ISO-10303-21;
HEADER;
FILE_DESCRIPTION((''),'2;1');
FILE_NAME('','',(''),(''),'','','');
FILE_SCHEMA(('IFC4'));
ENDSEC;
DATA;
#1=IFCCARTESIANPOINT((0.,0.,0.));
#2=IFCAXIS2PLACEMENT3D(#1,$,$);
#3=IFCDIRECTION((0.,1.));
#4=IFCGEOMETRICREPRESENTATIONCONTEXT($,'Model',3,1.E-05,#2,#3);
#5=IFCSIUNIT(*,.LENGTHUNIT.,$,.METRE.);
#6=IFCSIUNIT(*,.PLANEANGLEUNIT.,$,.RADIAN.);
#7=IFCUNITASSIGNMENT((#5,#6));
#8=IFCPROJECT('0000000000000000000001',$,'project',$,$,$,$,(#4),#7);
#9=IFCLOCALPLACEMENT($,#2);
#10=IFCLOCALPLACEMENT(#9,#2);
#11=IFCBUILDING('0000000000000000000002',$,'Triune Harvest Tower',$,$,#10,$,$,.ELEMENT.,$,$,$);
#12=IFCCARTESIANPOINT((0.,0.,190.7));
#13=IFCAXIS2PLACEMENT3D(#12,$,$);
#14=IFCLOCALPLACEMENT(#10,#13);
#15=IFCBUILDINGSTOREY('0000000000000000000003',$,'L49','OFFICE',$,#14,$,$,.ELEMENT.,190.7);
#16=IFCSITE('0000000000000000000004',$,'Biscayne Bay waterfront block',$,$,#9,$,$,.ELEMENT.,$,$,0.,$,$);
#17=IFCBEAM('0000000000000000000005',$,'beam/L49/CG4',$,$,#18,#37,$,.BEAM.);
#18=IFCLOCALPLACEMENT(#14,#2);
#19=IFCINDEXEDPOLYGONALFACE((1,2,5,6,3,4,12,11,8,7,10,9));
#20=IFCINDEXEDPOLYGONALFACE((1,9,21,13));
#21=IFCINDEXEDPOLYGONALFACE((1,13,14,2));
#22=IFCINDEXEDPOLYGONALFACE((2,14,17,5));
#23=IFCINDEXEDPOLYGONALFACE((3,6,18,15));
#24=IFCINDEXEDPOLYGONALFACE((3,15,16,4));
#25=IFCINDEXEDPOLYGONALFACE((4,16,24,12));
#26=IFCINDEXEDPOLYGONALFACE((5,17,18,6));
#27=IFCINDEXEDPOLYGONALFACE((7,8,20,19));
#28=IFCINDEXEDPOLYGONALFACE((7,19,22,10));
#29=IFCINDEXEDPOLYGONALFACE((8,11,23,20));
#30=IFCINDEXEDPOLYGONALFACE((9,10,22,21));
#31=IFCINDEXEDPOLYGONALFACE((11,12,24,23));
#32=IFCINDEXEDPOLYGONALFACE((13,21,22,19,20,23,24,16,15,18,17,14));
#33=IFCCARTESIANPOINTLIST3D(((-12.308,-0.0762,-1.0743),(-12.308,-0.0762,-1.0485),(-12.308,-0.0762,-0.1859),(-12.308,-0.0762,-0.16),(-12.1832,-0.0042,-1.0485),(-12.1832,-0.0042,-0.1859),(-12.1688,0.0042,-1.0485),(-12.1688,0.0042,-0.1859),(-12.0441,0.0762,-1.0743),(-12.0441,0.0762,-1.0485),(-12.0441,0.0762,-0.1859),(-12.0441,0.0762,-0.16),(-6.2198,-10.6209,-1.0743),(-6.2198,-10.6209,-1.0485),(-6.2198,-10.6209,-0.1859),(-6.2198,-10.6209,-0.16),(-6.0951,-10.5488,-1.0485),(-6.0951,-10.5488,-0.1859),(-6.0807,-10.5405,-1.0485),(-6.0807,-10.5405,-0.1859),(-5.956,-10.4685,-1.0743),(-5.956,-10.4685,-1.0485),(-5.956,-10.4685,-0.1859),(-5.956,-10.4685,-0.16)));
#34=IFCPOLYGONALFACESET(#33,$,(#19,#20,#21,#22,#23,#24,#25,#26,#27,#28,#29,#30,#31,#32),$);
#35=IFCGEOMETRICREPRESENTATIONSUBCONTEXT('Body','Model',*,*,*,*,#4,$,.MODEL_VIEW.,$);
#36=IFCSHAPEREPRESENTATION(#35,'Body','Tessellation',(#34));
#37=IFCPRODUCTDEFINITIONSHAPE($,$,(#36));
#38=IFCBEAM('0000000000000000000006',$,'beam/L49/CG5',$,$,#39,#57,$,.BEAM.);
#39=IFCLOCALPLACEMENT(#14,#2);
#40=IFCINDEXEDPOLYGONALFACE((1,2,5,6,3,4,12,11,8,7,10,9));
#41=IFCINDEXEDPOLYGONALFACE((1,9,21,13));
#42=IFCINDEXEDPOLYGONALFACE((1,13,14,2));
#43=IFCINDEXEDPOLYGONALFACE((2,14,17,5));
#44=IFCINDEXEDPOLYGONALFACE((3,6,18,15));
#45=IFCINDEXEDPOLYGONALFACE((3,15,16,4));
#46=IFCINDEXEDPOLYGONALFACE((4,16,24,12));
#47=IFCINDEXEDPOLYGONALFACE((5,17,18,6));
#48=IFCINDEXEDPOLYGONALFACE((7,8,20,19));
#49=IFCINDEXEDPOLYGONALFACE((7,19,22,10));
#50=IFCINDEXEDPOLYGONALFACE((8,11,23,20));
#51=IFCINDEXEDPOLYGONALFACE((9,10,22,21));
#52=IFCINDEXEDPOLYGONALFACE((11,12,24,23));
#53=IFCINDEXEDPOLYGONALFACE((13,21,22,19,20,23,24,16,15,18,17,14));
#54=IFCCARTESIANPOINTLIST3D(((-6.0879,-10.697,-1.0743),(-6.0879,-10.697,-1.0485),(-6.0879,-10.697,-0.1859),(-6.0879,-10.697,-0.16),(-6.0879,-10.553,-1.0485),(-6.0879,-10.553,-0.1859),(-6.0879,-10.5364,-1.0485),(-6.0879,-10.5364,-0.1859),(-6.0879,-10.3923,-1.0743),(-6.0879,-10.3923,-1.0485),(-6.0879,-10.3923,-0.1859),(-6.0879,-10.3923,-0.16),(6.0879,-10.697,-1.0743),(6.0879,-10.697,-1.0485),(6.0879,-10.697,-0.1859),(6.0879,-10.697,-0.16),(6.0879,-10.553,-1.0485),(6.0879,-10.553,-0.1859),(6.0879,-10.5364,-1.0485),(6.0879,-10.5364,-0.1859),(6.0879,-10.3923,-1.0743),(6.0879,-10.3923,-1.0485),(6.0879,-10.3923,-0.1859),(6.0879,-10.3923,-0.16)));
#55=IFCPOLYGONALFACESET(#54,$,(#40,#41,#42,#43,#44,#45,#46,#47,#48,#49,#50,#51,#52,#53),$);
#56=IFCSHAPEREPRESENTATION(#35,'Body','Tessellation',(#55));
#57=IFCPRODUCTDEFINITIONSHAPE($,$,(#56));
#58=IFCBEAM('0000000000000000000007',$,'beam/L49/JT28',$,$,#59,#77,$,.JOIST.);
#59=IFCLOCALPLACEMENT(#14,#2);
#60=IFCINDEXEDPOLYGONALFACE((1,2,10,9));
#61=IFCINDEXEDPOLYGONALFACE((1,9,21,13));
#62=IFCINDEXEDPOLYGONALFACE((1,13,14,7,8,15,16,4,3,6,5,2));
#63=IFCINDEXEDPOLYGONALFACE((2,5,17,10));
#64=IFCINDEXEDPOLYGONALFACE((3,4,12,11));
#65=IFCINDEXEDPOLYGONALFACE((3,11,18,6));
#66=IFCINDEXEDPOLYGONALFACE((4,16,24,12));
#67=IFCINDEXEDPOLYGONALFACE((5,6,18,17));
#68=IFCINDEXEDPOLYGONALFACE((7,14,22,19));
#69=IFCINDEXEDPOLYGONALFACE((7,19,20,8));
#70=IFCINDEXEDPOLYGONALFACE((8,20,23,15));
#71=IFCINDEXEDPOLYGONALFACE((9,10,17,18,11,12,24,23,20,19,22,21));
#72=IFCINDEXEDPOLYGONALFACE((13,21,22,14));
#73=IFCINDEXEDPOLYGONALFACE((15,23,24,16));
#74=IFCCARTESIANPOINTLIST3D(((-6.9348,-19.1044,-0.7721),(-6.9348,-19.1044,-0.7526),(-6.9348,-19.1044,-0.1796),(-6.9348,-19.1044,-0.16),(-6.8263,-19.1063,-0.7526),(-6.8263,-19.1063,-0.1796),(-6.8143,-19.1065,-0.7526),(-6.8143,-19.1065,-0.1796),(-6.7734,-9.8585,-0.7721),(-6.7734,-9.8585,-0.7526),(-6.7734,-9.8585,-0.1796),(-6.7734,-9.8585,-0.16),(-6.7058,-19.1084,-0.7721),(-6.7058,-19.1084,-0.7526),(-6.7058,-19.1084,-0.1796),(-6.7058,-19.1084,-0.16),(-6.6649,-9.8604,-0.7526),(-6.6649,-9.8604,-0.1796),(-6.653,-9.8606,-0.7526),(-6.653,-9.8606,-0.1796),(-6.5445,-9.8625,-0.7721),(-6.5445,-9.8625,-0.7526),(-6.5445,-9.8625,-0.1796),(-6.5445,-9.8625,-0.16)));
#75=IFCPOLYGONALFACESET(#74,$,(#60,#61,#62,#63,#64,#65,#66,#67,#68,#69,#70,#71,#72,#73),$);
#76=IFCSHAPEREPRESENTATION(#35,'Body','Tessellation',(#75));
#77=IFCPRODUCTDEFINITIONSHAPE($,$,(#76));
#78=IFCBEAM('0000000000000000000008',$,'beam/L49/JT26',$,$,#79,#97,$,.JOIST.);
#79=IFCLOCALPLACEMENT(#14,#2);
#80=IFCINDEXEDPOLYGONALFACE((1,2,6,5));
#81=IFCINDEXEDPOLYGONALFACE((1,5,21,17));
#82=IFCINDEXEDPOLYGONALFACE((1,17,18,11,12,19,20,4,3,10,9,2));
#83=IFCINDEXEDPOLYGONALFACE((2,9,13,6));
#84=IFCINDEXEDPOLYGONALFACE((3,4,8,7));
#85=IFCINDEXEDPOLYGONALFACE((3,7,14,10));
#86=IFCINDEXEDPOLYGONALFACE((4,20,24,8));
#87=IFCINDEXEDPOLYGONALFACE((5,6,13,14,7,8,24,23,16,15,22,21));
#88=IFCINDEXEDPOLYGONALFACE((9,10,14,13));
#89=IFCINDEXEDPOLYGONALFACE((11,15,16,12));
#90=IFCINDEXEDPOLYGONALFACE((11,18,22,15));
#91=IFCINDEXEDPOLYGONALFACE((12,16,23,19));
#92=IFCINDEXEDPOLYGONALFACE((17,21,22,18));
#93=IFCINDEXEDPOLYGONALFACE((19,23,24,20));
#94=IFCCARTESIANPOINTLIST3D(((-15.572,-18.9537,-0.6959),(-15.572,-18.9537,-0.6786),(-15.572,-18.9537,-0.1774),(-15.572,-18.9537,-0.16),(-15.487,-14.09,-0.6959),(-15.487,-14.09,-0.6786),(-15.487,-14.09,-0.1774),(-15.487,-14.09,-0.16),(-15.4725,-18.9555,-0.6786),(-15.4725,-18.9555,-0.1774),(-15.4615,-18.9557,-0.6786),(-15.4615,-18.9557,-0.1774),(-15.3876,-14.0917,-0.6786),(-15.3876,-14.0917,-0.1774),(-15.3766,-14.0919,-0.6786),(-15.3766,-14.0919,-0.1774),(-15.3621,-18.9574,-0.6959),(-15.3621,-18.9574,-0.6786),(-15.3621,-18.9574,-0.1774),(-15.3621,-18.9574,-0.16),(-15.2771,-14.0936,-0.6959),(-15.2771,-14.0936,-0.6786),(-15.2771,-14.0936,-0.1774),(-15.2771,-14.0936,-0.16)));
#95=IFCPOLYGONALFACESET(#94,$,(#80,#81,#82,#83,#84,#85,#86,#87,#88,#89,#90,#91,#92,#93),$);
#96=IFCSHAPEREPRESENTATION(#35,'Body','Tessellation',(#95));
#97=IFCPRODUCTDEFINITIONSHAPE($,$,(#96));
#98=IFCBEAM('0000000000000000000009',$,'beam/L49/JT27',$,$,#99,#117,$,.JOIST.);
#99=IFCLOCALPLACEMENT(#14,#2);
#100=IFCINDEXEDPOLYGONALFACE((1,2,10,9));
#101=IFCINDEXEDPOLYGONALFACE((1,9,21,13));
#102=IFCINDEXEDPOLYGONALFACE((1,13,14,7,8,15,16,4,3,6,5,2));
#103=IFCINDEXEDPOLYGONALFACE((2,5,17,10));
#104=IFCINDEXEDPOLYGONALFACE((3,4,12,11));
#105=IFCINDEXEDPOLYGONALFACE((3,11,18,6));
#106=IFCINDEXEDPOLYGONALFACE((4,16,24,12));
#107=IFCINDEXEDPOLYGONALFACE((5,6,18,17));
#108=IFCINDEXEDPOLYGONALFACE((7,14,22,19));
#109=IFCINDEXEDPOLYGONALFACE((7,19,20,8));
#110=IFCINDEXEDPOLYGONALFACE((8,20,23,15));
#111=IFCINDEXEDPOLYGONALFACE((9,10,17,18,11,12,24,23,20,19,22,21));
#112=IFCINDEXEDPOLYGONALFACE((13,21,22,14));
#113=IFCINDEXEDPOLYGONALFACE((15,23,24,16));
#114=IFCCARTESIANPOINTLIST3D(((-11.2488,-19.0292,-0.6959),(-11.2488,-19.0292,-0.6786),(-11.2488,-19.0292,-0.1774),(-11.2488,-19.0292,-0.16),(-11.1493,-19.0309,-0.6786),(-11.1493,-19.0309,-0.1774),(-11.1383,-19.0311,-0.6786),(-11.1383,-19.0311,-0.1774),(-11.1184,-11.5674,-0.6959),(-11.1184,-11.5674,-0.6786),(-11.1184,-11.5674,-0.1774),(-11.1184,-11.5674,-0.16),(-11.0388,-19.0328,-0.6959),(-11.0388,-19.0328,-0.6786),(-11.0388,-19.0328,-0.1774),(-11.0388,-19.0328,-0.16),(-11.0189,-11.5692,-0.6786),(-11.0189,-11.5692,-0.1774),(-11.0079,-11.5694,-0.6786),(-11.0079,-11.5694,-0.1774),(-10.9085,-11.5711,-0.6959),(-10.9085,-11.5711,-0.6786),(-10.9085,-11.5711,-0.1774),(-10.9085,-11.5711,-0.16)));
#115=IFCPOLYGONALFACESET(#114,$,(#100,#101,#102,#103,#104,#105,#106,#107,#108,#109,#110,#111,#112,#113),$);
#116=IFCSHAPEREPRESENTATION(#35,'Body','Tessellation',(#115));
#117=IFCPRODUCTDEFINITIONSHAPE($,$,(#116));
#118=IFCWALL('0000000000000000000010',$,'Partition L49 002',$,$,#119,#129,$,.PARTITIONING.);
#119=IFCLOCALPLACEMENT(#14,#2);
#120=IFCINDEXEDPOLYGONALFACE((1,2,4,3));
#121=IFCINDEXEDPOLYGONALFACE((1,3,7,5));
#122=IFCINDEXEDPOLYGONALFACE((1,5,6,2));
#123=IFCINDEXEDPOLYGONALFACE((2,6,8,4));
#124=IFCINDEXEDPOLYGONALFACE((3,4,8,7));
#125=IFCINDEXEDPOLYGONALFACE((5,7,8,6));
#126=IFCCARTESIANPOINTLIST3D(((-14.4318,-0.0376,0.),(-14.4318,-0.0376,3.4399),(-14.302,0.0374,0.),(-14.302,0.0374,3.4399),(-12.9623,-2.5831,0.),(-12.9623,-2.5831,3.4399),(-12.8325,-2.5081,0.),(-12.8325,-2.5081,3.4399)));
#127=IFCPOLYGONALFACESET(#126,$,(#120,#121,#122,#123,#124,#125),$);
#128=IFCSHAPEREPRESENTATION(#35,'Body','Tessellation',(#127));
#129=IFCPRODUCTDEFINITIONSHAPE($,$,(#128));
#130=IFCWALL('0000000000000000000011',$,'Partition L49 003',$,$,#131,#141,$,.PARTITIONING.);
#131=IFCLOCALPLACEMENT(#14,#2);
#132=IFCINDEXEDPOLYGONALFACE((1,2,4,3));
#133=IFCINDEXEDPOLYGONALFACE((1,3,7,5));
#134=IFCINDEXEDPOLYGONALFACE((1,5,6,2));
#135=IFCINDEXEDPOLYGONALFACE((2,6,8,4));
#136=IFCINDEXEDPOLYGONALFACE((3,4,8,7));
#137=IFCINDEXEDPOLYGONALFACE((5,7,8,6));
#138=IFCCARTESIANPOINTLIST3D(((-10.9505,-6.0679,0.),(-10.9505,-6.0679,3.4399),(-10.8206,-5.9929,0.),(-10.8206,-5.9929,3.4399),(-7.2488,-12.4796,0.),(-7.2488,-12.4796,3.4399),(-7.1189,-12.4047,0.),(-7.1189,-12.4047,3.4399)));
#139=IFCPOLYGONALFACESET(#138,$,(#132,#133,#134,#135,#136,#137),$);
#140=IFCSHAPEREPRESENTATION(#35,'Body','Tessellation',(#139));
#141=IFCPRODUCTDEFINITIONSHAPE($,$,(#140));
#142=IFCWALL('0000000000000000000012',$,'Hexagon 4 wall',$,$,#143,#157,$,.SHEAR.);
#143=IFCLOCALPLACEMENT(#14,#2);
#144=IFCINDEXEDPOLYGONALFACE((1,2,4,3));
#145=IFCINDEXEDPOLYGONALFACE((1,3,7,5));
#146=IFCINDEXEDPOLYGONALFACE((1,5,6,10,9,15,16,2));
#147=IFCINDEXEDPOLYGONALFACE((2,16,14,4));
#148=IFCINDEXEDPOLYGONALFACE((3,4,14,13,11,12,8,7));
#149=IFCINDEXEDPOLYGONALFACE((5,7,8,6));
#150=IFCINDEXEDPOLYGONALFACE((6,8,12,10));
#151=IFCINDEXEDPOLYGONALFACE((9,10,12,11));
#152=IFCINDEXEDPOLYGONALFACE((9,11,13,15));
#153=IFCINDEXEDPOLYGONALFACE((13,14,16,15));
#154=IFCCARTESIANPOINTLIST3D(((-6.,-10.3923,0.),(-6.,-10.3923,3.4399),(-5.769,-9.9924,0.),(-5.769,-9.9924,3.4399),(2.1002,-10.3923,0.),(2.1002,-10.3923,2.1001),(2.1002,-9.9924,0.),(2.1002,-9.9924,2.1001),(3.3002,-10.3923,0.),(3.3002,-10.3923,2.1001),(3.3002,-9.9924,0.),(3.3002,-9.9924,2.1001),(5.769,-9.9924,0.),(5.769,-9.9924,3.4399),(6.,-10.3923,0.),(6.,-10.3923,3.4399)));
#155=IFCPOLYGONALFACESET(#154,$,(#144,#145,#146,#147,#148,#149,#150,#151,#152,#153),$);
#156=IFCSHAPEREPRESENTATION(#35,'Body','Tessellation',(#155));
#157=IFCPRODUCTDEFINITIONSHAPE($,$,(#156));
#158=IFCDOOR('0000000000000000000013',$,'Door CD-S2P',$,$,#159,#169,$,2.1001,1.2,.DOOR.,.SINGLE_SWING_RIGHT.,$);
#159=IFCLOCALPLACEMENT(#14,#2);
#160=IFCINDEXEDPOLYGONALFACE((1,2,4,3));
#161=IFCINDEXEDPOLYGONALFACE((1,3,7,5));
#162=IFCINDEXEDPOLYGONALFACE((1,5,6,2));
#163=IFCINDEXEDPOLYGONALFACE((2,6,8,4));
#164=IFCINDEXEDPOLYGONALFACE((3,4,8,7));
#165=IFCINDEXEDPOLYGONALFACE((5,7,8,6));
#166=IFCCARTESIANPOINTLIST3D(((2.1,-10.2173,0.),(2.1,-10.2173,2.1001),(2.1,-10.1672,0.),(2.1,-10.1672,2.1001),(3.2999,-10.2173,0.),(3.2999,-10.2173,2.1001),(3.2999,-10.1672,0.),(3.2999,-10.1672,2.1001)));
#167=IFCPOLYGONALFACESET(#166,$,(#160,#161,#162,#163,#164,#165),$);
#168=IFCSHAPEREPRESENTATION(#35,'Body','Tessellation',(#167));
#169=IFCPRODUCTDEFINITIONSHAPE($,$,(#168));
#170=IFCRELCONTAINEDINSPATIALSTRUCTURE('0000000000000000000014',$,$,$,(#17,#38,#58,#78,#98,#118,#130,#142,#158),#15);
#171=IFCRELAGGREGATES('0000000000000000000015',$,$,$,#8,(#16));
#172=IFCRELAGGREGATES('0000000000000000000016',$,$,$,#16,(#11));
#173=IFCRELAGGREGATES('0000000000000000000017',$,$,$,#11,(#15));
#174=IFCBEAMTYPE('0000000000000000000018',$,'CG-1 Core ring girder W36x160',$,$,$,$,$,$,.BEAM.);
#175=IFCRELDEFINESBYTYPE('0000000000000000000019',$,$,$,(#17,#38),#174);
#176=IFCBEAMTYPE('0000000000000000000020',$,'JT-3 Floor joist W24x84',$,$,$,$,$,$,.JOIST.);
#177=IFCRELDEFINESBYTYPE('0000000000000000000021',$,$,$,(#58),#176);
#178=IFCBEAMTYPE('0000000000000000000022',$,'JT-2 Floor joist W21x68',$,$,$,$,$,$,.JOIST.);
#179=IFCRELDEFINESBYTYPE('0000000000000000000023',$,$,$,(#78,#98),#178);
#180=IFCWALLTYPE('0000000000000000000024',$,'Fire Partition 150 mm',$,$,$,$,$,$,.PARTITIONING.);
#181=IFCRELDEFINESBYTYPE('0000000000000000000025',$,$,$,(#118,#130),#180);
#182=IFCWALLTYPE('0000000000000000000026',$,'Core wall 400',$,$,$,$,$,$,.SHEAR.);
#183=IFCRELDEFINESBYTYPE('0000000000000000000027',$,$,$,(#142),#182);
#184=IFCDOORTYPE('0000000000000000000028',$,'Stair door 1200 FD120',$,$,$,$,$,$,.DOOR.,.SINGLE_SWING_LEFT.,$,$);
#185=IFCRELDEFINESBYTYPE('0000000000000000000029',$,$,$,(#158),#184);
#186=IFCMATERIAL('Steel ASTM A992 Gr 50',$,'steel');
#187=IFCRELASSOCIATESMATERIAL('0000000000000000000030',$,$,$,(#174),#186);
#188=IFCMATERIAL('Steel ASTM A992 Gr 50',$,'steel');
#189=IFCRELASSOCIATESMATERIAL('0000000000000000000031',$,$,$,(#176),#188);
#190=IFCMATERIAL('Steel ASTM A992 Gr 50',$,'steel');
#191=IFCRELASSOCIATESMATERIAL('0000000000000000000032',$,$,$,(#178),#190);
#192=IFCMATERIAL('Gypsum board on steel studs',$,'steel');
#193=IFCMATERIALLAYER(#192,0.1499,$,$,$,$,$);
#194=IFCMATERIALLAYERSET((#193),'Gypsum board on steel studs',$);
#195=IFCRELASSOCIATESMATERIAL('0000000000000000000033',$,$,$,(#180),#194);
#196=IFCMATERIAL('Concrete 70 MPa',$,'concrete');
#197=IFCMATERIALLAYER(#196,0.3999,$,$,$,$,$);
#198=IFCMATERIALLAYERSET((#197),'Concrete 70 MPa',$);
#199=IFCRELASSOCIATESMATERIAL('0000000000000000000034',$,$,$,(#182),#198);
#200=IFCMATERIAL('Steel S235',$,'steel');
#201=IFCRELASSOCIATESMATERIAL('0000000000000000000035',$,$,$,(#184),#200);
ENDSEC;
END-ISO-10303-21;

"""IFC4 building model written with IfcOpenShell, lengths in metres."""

from ifc_helpers import new_model, si_unit, direction, frame, frame_2d, origin, origin_2d, place, context, subcontext, project, spatial, polyline, rectangle, i_section, outline, extrude, source, transform, mapped, material, layer, layer_set, material_profile, profile_set, type_object, element, fill, save


model = new_model("IFC4")

# Units and contexts
model_context = context("Model", 3, precision=1e-05, world=origin(), true_north=direction((0.0, 1.0)))
body_context = subcontext(model_context, "Body", "Model", "MODEL_VIEW")
ifc_project = project(units=[si_unit("LENGTHUNIT", "METRE"), si_unit("PLANEANGLEUNIT", "RADIAN")], contexts=[model_context])

# Site, building, storey
site_placement = place(None, origin())
site = spatial("IfcSite", under=ifc_project, at=site_placement, Name="Biscayne Bay waterfront block", CompositionType="ELEMENT", RefElevation=0.0)
building_placement = place(site_placement, origin())
building = spatial("IfcBuilding", under=site, at=building_placement, Name="Triune Harvest Tower", CompositionType="ELEMENT")
storey_placement = place(building_placement, frame((0.0, 0.0, 190.7)))
storey = spatial("IfcBuildingStorey", under=building, at=storey_placement, Name="L49", Description="OFFICE", CompositionType="ELEMENT", Elevation=190.7)

# Beams
ifc_material_1 = material(Name="Steel ASTM A992 Gr 50", Category="steel")
ifc_material_profile_1 = material_profile(ifc_material_1, i_section(OverallWidth=0.3047, OverallDepth=0.9143, WebThickness=0.0166, FlangeThickness=0.0259, at=origin_2d()), Name="W36x160")
ifc_profile_set_1 = profile_set([ifc_material_profile_1], Name="Steel ASTM A992 Gr 50")
beam_type_1 = type_object("IfcBeamType", Name="CG-1 Core ring girder W36x160", PredefinedType="BEAM", material=ifc_profile_set_1)
shared_shape_1 = source(origin(), body_context, "Body", "SweptSolid", [
    extrude(i_section(OverallWidth=0.3047, OverallDepth=0.9143, WebThickness=0.0166, FlangeThickness=0.0259, at=origin_2d()), origin(), (0.0, 0.0, 1.0), 12.176),
])
beam_1_placement = place(storey_placement, frame((-12.176, 0.0, -0.6172), z_axis=(0.50001, -0.86602, 0.0), x_axis=(0.86602, 0.50001, 0.0)))
element("IfcBeam", 1, at=beam_1_placement, inside=storey, type_object=beam_type_1, Name="beam/L49/CG4", PredefinedType="BEAM", context=body_context, shape_type="MappedRepresentation", body=[
    mapped(shared_shape_1, transform((0.0, 0.0, 0.0), scale=1.0)),
])
shared_shape_2 = source(origin(), body_context, "Body", "SweptSolid", [
    extrude(i_section(OverallWidth=0.3047, OverallDepth=0.9143, WebThickness=0.0166, FlangeThickness=0.0259, at=origin_2d()), origin(), (0.0, 0.0, 1.0), 12.1758),
])
beam_2_placement = place(storey_placement, frame((-6.0879, -10.5447, -0.6172), z_axis=(1.0, 0.0, 0.0), x_axis=(0.0, 1.0, 0.0)))
element("IfcBeam", 2, at=beam_2_placement, inside=storey, type_object=beam_type_1, Name="beam/L49/CG5", PredefinedType="BEAM", context=body_context, shape_type="MappedRepresentation", body=[
    mapped(shared_shape_2, transform((0.0, 0.0, 0.0), scale=1.0)),
])
ifc_material_2 = material(Name="Steel ASTM A992 Gr 50", Category="steel")
ifc_material_profile_2 = material_profile(ifc_material_2, i_section(OverallWidth=0.229, OverallDepth=0.6121, WebThickness=0.012, FlangeThickness=0.0195, at=origin_2d()), Name="W24x84")
ifc_profile_set_2 = profile_set([ifc_material_profile_2], Name="Steel ASTM A992 Gr 50")
beam_type_2 = type_object("IfcBeamType", Name="JT-3 Floor joist W24x84", PredefinedType="JOIST", material=ifc_profile_set_2)
shared_shape_3 = source(origin(), body_context, "Body", "SweptSolid", [
    extrude(i_section(OverallWidth=0.229, OverallDepth=0.6121, WebThickness=0.012, FlangeThickness=0.0195, at=origin_2d()), origin(), (0.0, 0.0, 1.0), 9.2473),
])
beam_3_placement = place(storey_placement, frame((-6.8203, -19.1064, -0.4661), z_axis=(0.017451, 0.999848, 0.0), x_axis=(-0.999848, 0.017451, 0.0)))
element("IfcBeam", 3, at=beam_3_placement, inside=storey, type_object=beam_type_2, Name="beam/L49/JT28", PredefinedType="JOIST", context=body_context, shape_type="MappedRepresentation", body=[
    mapped(shared_shape_3, transform((0.0, 0.0, 0.0), scale=1.0)),
])
ifc_material_3 = material(Name="Steel ASTM A992 Gr 50", Category="steel")
ifc_material_profile_3 = material_profile(ifc_material_3, i_section(OverallWidth=0.21, OverallDepth=0.5359, WebThickness=0.011, FlangeThickness=0.0173, at=origin_2d()), Name="W21x68")
ifc_profile_set_3 = profile_set([ifc_material_profile_3], Name="Steel ASTM A992 Gr 50")
beam_type_3 = type_object("IfcBeamType", Name="JT-2 Floor joist W21x68", PredefinedType="JOIST", material=ifc_profile_set_3)
shared_shape_4 = source(origin(), body_context, "Body", "SweptSolid", [
    extrude(i_section(OverallWidth=0.21, OverallDepth=0.5359, WebThickness=0.011, FlangeThickness=0.0173, at=origin_2d()), origin(), (0.0, 0.0, 1.0), 4.8645),
])
beam_4_placement = place(storey_placement, frame((-15.467, -18.9556, -0.428), z_axis=(0.017465, 0.999847, 0.0), x_axis=(-0.999847, 0.017465, 0.0)))
element("IfcBeam", 4, at=beam_4_placement, inside=storey, type_object=beam_type_3, Name="beam/L49/JT26", PredefinedType="JOIST", context=body_context, shape_type="MappedRepresentation", body=[
    mapped(shared_shape_4, transform((0.0, 0.0, 0.0), scale=1.0)),
])
shared_shape_5 = source(origin(), body_context, "Body", "SweptSolid", [
    extrude(i_section(OverallWidth=0.21, OverallDepth=0.5359, WebThickness=0.011, FlangeThickness=0.0173, at=origin_2d()), origin(), (0.0, 0.0, 1.0), 7.4629),
])
beam_5_placement = place(storey_placement, frame((-11.1438, -19.031, -0.428), z_axis=(0.017469, 0.999847, 0.0), x_axis=(-0.999847, 0.017469, 0.0)))
element("IfcBeam", 5, at=beam_5_placement, inside=storey, type_object=beam_type_3, Name="beam/L49/JT27", PredefinedType="JOIST", context=body_context, shape_type="MappedRepresentation", body=[
    mapped(shared_shape_5, transform((0.0, 0.0, 0.0), scale=1.0)),
])

# Walls
ifc_material_4 = material(Name="Gypsum board on steel studs", Category="steel")
ifc_layer_1 = layer(ifc_material_4, 0.1499)
ifc_layer_set_1 = layer_set([ifc_layer_1], Name="Gypsum board on steel studs")
wall_type_1 = type_object("IfcWallType", Name="Fire Partition 150 mm", PredefinedType="PARTITIONING", material=ifc_layer_set_1)
wall_1_placement = place(storey_placement, frame((-14.3669, 0.0, 0.0), z_axis=(0.0, 0.0, 1.0), x_axis=(0.499972, -0.866042, 0.0)))
element("IfcWall", 6, at=wall_1_placement, inside=storey, type_object=wall_type_1, Name="Partition L49 002", PredefinedType="PARTITIONING", context=body_context, shape_type="SweptSolid", body=[
    extrude(rectangle(XDim=2.9392, YDim=0.1499, at=frame_2d((1.4697, 0.0))), origin(), (0.0, 0.0, 1.0), 3.4399),
])
wall_2_placement = place(storey_placement, frame((-10.8855, -6.0305, 0.0), z_axis=(0.0, 0.0, 1.0), x_axis=(0.499991, -0.866031, 0.0)))
element("IfcWall", 7, at=wall_2_placement, inside=storey, type_object=wall_type_1, Name="Partition L49 003", PredefinedType="PARTITIONING", context=body_context, shape_type="SweptSolid", body=[
    extrude(rectangle(XDim=7.4036, YDim=0.1499, at=frame_2d((3.7017, 0.0))), origin(), (0.0, 0.0, 1.0), 3.4399),
])

# Wall, opening, door
ifc_material_5 = material(Name="Concrete 70 MPa", Category="concrete")
ifc_layer_2 = layer(ifc_material_5, 0.3999)
ifc_layer_set_2 = layer_set([ifc_layer_2], Name="Concrete 70 MPa")
wall_type_2 = type_object("IfcWallType", Name="Core wall 400", PredefinedType="SHEAR", material=ifc_layer_set_2)
shared_shape_6 = source(origin(), body_context, "Body", "SweptSolid", [
    extrude(outline(polyline([(-0.1155, -0.2), (11.8845, -0.2), (11.6536, 0.2), (0.1155, 0.2), (-0.1155, -0.2)])), origin(), (0.0, 0.0, 1.0), 3.4399),
])
wall_3_placement = place(storey_placement, frame((-5.8845, -10.1924, 0.0), z_axis=(0.0, 0.0, 1.0), x_axis=(1.0, 0.0, 0.0)))
wall_3 = element("IfcWall", 8, at=wall_3_placement, inside=storey, type_object=wall_type_2, Name="Hexagon 4 wall", PredefinedType="SHEAR", context=body_context, shape_type="MappedRepresentation", body=[
    mapped(shared_shape_6, transform((0.0, 0.0, 0.0), scale=1.0)),
])
opening_1_placement = place(wall_3_placement, frame((7.9846, 0.0, 0.0)))
opening_1 = element("IfcOpeningElement", 9, at=opening_1_placement, cuts=wall_3, PredefinedType="OPENING", context=body_context, shape_type="SweptSolid", body=[
    extrude(rectangle(XDim=1.2, YDim=2.1001, at=frame_2d((0.6001, 1.05))), frame((0.0, 0.21, 0.0), z_axis=(0.0, -1.0, 0.0), x_axis=(1.0, 0.0, 0.0)), (0.0, 0.0, 1.0), 0.4199),
])
ifc_material_6 = material(Name="Steel S235", Category="steel")
door_type_1 = type_object("IfcDoorType", Name="Stair door 1200 FD120", OperationType="SINGLE_SWING_LEFT", PredefinedType="DOOR", material=ifc_material_6)
door_1_placement = place(opening_1_placement, frame((1.2, 0.0, 0.0), z_axis=(0.0, 0.0, 1.0), x_axis=(-1.0, 0.0, 0.0)))
door_1 = element("IfcDoor", 10, at=door_1_placement, inside=storey, type_object=door_type_1, Name="Door CD-S2P", OperationType="SINGLE_SWING_RIGHT", OverallHeight=2.1001, OverallWidth=1.2, PredefinedType="DOOR", context=body_context, shape_type="SweptSolid", body=[
    extrude(rectangle(XDim=1.2, YDim=2.1001, at=frame_2d((0.6001, 1.05))), frame((0.0, 0.0249, 0.0), z_axis=(0.0, -1.0, 0.0), x_axis=(1.0, 0.0, 0.0)), (0.0, 0.0, 1.0), 0.05),
])
fill(opening_1, door_1)

save(model, "model.ifc")
